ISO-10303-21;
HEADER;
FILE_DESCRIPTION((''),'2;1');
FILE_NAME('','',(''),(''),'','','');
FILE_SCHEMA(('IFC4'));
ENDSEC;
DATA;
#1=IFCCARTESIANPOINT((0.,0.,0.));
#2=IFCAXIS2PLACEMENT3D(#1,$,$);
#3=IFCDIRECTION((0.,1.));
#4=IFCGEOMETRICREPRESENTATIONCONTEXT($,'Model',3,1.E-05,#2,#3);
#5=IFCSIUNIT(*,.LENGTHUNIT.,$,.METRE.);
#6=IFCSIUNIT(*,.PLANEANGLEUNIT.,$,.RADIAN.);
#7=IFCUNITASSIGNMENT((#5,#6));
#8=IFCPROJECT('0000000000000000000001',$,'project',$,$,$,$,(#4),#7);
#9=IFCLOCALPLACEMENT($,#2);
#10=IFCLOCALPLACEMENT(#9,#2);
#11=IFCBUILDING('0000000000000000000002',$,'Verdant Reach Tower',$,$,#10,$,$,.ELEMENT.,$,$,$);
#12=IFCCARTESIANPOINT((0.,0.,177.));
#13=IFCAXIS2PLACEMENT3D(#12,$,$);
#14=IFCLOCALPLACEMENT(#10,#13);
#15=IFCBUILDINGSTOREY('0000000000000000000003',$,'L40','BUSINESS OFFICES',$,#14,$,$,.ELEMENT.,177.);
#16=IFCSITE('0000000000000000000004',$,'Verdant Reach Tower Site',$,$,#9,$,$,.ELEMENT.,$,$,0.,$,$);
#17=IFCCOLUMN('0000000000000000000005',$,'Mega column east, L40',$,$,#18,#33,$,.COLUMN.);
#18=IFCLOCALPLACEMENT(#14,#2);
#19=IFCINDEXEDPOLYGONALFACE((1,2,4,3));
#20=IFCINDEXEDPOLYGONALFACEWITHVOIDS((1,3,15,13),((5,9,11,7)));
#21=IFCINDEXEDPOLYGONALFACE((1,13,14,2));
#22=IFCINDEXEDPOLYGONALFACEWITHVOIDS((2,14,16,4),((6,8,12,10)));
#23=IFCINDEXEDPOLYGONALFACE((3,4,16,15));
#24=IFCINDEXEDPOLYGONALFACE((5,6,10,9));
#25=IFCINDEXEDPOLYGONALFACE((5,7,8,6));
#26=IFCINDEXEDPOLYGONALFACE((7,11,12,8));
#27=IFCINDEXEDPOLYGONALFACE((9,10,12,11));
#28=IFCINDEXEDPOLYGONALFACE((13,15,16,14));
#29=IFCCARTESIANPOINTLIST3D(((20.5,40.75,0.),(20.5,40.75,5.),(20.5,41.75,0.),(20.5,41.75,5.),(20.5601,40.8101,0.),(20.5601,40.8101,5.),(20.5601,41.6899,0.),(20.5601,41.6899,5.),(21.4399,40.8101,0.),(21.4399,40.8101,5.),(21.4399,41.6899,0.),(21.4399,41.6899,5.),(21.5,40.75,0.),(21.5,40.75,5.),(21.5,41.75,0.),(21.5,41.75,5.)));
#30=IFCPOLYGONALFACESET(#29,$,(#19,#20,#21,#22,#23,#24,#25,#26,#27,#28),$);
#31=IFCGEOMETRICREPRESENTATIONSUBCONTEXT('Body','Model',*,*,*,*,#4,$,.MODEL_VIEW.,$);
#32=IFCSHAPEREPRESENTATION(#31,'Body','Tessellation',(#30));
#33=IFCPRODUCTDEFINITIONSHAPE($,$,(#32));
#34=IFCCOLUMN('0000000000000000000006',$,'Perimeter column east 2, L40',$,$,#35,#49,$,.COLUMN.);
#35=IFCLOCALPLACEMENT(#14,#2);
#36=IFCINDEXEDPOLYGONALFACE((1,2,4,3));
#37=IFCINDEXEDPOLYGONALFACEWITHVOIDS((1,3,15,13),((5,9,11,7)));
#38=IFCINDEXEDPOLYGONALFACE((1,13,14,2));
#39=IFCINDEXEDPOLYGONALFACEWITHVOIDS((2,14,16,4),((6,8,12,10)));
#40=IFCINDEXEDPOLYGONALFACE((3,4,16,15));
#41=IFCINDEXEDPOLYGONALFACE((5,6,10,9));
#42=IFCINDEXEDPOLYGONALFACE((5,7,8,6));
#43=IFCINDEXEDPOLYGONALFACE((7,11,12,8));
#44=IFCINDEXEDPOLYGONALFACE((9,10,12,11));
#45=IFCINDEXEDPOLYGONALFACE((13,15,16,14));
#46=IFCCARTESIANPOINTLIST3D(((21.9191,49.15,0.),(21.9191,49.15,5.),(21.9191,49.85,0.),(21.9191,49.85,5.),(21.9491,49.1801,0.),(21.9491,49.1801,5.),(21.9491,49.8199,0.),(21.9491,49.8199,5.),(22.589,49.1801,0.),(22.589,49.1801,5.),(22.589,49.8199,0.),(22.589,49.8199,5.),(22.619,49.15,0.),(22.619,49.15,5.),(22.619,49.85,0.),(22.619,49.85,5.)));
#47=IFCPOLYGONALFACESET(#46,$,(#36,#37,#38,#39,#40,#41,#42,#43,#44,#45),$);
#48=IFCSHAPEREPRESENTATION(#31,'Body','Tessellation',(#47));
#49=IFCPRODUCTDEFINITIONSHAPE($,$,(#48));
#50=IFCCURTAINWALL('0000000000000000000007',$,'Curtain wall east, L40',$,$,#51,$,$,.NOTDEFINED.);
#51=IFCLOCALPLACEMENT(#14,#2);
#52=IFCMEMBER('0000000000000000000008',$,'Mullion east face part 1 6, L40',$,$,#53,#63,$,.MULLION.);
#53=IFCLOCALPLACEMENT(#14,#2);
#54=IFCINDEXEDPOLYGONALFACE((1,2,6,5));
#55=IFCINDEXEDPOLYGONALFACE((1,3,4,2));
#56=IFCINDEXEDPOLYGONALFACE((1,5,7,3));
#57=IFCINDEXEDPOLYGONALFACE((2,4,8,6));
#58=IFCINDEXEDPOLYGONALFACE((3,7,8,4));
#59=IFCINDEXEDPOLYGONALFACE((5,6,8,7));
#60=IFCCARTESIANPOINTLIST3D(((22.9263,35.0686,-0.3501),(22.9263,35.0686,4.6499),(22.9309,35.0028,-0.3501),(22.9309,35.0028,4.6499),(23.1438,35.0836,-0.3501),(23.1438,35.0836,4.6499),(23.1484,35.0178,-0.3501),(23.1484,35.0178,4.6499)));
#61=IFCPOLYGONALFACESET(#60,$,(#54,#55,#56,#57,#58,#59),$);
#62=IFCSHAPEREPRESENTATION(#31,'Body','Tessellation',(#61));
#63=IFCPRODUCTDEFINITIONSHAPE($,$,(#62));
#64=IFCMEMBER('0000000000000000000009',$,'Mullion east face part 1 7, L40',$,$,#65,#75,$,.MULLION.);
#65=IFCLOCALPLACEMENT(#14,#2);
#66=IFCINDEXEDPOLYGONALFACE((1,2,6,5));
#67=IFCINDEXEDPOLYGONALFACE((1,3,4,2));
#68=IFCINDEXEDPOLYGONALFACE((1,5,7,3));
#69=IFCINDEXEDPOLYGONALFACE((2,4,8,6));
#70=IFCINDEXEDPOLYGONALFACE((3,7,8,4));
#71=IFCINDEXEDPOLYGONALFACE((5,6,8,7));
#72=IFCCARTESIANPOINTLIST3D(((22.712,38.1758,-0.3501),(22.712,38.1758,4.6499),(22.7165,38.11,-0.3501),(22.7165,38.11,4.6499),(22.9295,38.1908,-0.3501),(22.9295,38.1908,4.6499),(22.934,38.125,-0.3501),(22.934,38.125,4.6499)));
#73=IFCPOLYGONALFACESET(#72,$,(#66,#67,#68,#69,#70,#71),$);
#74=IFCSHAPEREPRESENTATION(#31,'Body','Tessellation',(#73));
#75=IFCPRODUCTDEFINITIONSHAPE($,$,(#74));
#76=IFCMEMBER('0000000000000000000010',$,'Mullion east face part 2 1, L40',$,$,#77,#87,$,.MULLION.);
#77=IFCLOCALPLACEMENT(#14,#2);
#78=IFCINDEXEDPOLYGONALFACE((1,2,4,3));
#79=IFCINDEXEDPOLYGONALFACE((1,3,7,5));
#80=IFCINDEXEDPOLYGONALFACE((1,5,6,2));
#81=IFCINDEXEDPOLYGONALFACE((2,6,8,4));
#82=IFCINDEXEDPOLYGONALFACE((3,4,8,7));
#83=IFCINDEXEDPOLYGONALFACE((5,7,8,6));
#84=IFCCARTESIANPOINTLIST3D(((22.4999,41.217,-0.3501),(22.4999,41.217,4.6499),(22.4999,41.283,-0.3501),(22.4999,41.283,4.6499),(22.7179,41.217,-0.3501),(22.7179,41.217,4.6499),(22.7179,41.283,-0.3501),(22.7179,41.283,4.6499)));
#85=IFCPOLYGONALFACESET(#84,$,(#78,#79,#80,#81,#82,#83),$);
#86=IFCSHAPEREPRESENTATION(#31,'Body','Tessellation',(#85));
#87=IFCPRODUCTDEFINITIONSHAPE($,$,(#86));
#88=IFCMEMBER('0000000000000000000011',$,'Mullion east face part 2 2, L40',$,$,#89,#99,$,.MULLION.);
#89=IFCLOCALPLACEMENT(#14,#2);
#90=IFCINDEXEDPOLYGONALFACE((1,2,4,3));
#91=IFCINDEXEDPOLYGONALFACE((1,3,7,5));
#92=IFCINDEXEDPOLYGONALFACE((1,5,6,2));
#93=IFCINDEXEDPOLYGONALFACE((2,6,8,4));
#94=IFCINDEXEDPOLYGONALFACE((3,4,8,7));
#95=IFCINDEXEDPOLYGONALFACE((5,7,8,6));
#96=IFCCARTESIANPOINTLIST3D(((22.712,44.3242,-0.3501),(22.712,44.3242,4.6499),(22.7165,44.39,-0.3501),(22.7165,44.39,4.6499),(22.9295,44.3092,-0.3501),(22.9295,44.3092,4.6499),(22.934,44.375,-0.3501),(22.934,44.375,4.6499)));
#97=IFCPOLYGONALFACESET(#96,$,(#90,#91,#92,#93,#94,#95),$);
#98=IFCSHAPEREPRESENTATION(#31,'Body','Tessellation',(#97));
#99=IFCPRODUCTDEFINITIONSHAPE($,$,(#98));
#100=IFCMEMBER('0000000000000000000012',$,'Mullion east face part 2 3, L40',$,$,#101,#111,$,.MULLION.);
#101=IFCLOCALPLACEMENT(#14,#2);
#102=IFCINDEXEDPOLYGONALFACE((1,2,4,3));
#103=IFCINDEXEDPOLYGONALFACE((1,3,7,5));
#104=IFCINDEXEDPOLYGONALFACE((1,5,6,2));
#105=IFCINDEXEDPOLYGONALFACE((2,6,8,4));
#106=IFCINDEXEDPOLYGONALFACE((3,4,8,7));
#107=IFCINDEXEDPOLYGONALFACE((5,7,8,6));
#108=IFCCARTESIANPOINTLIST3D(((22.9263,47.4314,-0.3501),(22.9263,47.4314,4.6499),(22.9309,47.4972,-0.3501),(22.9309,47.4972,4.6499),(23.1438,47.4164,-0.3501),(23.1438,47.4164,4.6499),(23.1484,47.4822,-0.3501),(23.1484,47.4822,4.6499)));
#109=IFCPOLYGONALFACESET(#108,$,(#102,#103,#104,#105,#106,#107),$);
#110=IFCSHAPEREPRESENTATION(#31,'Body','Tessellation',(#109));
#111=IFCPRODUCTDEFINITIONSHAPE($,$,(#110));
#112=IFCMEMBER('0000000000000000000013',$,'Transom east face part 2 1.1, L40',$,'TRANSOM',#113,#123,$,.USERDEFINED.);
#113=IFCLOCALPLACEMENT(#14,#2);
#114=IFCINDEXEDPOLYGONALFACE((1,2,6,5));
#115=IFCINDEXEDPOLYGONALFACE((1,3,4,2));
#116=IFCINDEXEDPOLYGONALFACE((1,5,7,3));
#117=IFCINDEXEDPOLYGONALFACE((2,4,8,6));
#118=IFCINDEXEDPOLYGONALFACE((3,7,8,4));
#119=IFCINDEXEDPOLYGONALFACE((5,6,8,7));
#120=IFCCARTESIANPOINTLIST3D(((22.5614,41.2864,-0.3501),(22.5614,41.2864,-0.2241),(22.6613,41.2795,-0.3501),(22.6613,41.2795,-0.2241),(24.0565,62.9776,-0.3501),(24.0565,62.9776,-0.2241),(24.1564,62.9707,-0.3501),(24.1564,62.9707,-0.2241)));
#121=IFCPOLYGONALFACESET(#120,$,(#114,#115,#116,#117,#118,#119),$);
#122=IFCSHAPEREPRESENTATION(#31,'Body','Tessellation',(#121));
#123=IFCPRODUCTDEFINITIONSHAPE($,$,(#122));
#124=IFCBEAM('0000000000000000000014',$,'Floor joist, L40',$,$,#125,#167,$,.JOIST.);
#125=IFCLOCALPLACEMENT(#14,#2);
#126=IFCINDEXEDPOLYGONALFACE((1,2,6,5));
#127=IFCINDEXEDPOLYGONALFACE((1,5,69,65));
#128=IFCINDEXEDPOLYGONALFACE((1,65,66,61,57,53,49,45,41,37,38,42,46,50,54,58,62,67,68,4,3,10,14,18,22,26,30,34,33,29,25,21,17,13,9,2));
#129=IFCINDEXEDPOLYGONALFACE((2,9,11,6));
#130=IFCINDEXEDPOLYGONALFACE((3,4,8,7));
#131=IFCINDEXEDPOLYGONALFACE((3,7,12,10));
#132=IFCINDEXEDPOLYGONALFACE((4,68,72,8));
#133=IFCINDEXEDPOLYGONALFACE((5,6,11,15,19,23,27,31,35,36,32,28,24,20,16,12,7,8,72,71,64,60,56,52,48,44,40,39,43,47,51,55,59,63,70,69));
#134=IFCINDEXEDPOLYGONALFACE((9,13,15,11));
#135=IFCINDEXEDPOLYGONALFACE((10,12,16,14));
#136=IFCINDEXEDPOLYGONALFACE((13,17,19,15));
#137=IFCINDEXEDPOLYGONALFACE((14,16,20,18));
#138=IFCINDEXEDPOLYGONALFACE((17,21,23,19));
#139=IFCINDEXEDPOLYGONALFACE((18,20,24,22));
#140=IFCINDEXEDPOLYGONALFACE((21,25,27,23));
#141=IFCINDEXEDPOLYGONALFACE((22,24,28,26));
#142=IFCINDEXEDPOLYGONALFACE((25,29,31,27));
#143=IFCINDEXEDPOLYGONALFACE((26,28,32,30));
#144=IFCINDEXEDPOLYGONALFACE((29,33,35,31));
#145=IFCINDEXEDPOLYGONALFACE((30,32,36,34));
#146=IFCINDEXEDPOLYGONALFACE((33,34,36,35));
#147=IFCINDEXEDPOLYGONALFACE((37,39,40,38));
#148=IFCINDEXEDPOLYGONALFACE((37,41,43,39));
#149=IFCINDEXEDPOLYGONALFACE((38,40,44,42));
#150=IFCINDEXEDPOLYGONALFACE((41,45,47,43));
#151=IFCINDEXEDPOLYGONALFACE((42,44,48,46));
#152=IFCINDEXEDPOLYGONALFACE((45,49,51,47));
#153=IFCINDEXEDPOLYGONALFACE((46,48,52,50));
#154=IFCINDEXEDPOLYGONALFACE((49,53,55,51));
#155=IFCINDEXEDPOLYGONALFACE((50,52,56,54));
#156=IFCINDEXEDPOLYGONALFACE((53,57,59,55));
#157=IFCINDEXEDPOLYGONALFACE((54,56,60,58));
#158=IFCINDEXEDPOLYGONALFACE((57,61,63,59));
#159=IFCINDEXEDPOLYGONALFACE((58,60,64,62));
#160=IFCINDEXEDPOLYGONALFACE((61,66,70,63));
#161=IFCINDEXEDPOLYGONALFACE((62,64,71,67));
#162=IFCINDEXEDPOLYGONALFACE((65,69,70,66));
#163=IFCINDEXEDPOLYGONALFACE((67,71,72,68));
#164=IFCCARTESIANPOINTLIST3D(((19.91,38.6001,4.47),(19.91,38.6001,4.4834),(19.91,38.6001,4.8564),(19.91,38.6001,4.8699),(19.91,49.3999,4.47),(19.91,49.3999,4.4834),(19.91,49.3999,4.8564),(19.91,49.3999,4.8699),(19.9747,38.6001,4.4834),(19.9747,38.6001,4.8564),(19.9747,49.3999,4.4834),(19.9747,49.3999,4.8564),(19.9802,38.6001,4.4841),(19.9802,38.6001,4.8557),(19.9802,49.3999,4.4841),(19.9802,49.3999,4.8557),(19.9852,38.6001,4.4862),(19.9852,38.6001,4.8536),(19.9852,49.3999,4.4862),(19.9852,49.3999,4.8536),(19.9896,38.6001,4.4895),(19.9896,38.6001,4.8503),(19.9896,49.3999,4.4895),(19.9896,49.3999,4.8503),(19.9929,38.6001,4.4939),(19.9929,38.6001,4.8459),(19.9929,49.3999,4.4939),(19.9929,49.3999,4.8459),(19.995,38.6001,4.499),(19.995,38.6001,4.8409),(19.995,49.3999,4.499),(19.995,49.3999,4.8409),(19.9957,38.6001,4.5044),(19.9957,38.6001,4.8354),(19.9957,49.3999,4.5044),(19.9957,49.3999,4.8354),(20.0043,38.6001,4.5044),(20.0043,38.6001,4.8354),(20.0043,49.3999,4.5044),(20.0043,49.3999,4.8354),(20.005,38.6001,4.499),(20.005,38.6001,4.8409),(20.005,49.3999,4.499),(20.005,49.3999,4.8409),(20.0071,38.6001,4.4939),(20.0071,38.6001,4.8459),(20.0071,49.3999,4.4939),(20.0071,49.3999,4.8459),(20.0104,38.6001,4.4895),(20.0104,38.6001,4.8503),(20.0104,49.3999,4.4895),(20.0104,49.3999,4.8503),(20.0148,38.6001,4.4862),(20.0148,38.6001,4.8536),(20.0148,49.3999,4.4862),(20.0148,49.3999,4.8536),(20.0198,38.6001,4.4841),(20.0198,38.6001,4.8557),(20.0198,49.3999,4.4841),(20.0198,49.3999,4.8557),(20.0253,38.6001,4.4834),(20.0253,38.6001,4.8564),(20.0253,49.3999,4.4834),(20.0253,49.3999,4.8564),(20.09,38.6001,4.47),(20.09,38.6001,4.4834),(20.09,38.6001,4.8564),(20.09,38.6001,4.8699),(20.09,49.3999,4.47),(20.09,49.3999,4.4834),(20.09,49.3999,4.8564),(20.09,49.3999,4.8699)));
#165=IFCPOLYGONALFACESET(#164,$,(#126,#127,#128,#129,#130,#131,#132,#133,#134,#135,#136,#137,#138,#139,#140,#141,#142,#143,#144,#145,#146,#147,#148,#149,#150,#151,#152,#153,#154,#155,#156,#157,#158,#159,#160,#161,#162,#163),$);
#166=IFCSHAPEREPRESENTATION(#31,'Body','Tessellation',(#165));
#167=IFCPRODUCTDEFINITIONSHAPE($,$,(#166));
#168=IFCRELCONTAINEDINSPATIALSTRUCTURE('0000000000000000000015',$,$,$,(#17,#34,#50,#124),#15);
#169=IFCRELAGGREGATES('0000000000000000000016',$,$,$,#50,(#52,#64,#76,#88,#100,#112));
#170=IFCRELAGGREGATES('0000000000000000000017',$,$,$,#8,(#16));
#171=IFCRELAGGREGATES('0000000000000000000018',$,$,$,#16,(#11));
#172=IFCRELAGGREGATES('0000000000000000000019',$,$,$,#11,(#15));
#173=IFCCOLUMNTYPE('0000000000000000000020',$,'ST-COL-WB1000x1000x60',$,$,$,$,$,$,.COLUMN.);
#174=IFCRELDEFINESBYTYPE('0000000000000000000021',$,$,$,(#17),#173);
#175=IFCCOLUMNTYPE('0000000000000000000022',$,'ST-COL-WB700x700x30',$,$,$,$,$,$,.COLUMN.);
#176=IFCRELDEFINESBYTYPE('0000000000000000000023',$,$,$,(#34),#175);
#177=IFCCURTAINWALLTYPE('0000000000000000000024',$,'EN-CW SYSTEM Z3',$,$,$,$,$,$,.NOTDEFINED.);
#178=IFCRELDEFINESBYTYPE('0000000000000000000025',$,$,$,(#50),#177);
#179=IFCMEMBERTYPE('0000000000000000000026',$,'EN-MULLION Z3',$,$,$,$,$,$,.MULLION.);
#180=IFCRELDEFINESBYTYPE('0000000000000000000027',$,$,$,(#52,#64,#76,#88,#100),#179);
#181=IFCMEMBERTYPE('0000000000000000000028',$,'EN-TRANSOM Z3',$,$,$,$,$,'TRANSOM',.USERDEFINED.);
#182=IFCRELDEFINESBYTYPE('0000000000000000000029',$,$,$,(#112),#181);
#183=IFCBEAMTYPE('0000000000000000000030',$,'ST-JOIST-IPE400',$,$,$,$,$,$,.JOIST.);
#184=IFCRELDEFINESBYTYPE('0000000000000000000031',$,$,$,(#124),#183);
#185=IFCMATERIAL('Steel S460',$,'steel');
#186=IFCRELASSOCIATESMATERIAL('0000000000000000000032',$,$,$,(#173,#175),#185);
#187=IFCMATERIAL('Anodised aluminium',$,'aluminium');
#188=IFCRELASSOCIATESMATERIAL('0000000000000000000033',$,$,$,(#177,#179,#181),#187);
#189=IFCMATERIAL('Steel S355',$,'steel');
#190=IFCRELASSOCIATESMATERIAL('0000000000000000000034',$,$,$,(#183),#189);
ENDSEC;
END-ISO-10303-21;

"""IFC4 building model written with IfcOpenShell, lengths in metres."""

from ifc_helpers import new_model, si_unit, direction, frame, origin, origin_2d, place, context, subcontext, project, spatial, rectangle, hollow_rectangle, i_section, extrude, material, material_profile, profile_set, type_object, element, aggregate, save


model = new_model("IFC4")

# Units and contexts
model_context = context("Model", 3, precision=1e-05, world=origin(), true_north=direction((0.0, 1.0)))
body_context = subcontext(model_context, "Body", "Model", "MODEL_VIEW")
ifc_project = project(units=[si_unit("LENGTHUNIT", "METRE"), si_unit("PLANEANGLEUNIT", "RADIAN")], contexts=[model_context])

# Site, building, storey
site_placement = place(None, origin())
site = spatial("IfcSite", under=ifc_project, at=site_placement, Name="Verdant Reach Tower Site", CompositionType="ELEMENT", RefElevation=0.0)
building_placement = place(site_placement, origin())
building = spatial("IfcBuilding", under=site, at=building_placement, Name="Verdant Reach Tower", CompositionType="ELEMENT")
storey_placement = place(building_placement, frame((0.0, 0.0, 177.0)))
storey = spatial("IfcBuildingStorey", under=building, at=storey_placement, Name="L40", Description="BUSINESS OFFICES", CompositionType="ELEMENT", Elevation=177.0)

# Columns
ifc_material_1 = material(Name="Steel S460", Category="steel")
ifc_material_profile_1 = material_profile(ifc_material_1, hollow_rectangle(XDim=1.0, YDim=1.0, WallThickness=0.0601, at=origin_2d()), Name="WB 1000x1000x60")
ifc_profile_set_1 = profile_set([ifc_material_profile_1], Name="Steel S460")
column_type_1 = type_object("IfcColumnType", Name="ST-COL-WB1000x1000x60", PredefinedType="COLUMN", material=ifc_profile_set_1)
column_1_placement = place(storey_placement, frame((21.0, 41.25, 0.0), z_axis=(0.0, 0.0, 1.0), x_axis=(1.0, 0.0, 0.0)))
element("IfcColumn", 1, at=column_1_placement, inside=storey, type_object=column_type_1, Name="Mega column east, L40", PredefinedType="COLUMN", context=body_context, shape_type="SweptSolid", body=[
    extrude(hollow_rectangle(XDim=1.0, YDim=1.0, WallThickness=0.0601, at=origin_2d()), origin(), (0.0, 0.0, 1.0), 5.0),
])
ifc_material_profile_2 = material_profile(ifc_material_1, hollow_rectangle(XDim=0.7, YDim=0.7, WallThickness=0.03, at=origin_2d()), Name="WB 700x700x30")
ifc_profile_set_2 = profile_set([ifc_material_profile_2], Name="Steel S460")
column_type_2 = type_object("IfcColumnType", Name="ST-COL-WB700x700x30", PredefinedType="COLUMN", material=ifc_profile_set_2)
column_2_placement = place(storey_placement, frame((22.269, 49.5, 0.0), z_axis=(0.0, 0.0, 1.0), x_axis=(1.0, 0.0, 0.0)))
element("IfcColumn", 2, at=column_2_placement, inside=storey, type_object=column_type_2, Name="Perimeter column east 2, L40", PredefinedType="COLUMN", context=body_context, shape_type="SweptSolid", body=[
    extrude(hollow_rectangle(XDim=0.7, YDim=0.7, WallThickness=0.03, at=origin_2d()), origin(), (0.0, 0.0, 1.0), 5.0),
])

# Curtain wall, members
ifc_material_2 = material(Name="Anodised aluminium", Category="aluminium")
curtain_wall_type = type_object("IfcCurtainWallType", Name="EN-CW SYSTEM Z3", PredefinedType="NOTDEFINED", material=ifc_material_2)
curtain_wall_placement = place(storey_placement, origin())
curtain_wall = element("IfcCurtainWall", 3, at=curtain_wall_placement, inside=storey, type_object=curtain_wall_type, Name="Curtain wall east, L40", PredefinedType="NOTDEFINED")
ifc_material_profile_3 = material_profile(ifc_material_2, rectangle(XDim=0.218, YDim=0.0659, at=origin_2d()), Name="Mullion 66x218")
ifc_profile_set_3 = profile_set([ifc_material_profile_3], Name="Anodised aluminium")
member_type_1 = type_object("IfcMemberType", Name="EN-MULLION Z3", PredefinedType="MULLION", material=ifc_profile_set_3)
member_1_placement = place(storey_placement, frame((23.0374, 35.0432, -0.3501), z_axis=(0.0, 0.0, 1.0), x_axis=(0.99763, 0.068802, 0.0)))
member_1 = element("IfcMember", 4, at=member_1_placement, type_object=member_type_1, Name="Mullion east face part 1 6, L40", PredefinedType="MULLION", context=body_context, shape_type="SweptSolid", body=[
    extrude(rectangle(XDim=0.218, YDim=0.0659, at=origin_2d()), origin(), (0.0, 0.0, 1.0), 5.0),
])
member_2_placement = place(storey_placement, frame((22.823, 38.1504, -0.3501), z_axis=(0.0, 0.0, 1.0), x_axis=(0.99763, 0.068802, 0.0)))
member_2 = element("IfcMember", 5, at=member_2_placement, type_object=member_type_1, Name="Mullion east face part 1 7, L40", PredefinedType="MULLION", context=body_context, shape_type="SweptSolid", body=[
    extrude(rectangle(XDim=0.218, YDim=0.0659, at=origin_2d()), origin(), (0.0, 0.0, 1.0), 5.0),
])
member_3_placement = place(storey_placement, frame((22.6089, 41.25, -0.3501), z_axis=(0.0, 0.0, 1.0), x_axis=(1.0, 0.0, 0.0)))
member_3 = element("IfcMember", 6, at=member_3_placement, type_object=member_type_1, Name="Mullion east face part 2 1, L40", PredefinedType="MULLION", context=body_context, shape_type="SweptSolid", body=[
    extrude(rectangle(XDim=0.218, YDim=0.0659, at=origin_2d()), origin(), (0.0, 0.0, 1.0), 5.0),
])
member_4_placement = place(storey_placement, frame((22.823, 44.3496, -0.3501), z_axis=(0.0, 0.0, 1.0), x_axis=(0.99763, -0.068802, 0.0)))
member_4 = element("IfcMember", 7, at=member_4_placement, type_object=member_type_1, Name="Mullion east face part 2 2, L40", PredefinedType="MULLION", context=body_context, shape_type="SweptSolid", body=[
    extrude(rectangle(XDim=0.218, YDim=0.0659, at=origin_2d()), origin(), (0.0, 0.0, 1.0), 5.0),
])
member_5_placement = place(storey_placement, frame((23.0374, 47.4568, -0.3501), z_axis=(0.0, 0.0, 1.0), x_axis=(0.99763, -0.068802, 0.0)))
member_5 = element("IfcMember", 8, at=member_5_placement, type_object=member_type_1, Name="Mullion east face part 2 3, L40", PredefinedType="MULLION", context=body_context, shape_type="SweptSolid", body=[
    extrude(rectangle(XDim=0.218, YDim=0.0659, at=origin_2d()), origin(), (0.0, 0.0, 1.0), 5.0),
])
ifc_material_profile_4 = material_profile(ifc_material_2, rectangle(XDim=0.1001, YDim=0.126, at=origin_2d()), Name="Transom 126x100")
ifc_profile_set_4 = profile_set([ifc_material_profile_4], Name="Anodised aluminium")
member_type_2 = type_object("IfcMemberType", Name="EN-TRANSOM Z3", ElementType="TRANSOM", PredefinedType="USERDEFINED", material=ifc_profile_set_4)
member_6_placement = place(storey_placement, frame((22.6113, 41.283, -0.2871), z_axis=(0.068764, 0.997633, 0.0), x_axis=(-0.997633, 0.068764, 0.0)))
member_6 = element("IfcMember", 9, at=member_6_placement, type_object=member_type_2, Name="Transom east face part 2 1.1, L40", ObjectType="TRANSOM", PredefinedType="USERDEFINED", context=body_context, shape_type="SweptSolid", body=[
    extrude(rectangle(XDim=0.1001, YDim=0.126, at=origin_2d()), origin(), (0.0, 0.0, 1.0), 21.7427),
])

# Beam
ifc_material_3 = material(Name="Steel S355", Category="steel")
ifc_material_profile_5 = material_profile(ifc_material_3, i_section(OverallWidth=0.1799, OverallDepth=0.3999, WebThickness=0.0085, FlangeThickness=0.0134, FilletRadius=0.021, at=origin_2d()), Name="IPE 400")
ifc_profile_set_5 = profile_set([ifc_material_profile_5], Name="Steel S355")
beam_type_1 = type_object("IfcBeamType", Name="ST-JOIST-IPE400", PredefinedType="JOIST", material=ifc_profile_set_5)
beam_1_placement = place(storey_placement, frame((20.0, 38.6001, 4.6699), z_axis=(0.0, 1.0, 0.0), x_axis=(-1.0, 0.0, 0.0)))
element("IfcBeam", 10, at=beam_1_placement, inside=storey, type_object=beam_type_1, Name="Floor joist, L40", PredefinedType="JOIST", context=body_context, shape_type="SweptSolid", body=[
    extrude(i_section(OverallWidth=0.1799, OverallDepth=0.3999, WebThickness=0.0085, FlangeThickness=0.0134, FilletRadius=0.021, at=origin_2d()), origin(), (0.0, 0.0, 1.0), 10.7998),
])

aggregate(curtain_wall, [member_1, member_2, member_3, member_4, member_5, member_6])

save(model, "model.ifc")
